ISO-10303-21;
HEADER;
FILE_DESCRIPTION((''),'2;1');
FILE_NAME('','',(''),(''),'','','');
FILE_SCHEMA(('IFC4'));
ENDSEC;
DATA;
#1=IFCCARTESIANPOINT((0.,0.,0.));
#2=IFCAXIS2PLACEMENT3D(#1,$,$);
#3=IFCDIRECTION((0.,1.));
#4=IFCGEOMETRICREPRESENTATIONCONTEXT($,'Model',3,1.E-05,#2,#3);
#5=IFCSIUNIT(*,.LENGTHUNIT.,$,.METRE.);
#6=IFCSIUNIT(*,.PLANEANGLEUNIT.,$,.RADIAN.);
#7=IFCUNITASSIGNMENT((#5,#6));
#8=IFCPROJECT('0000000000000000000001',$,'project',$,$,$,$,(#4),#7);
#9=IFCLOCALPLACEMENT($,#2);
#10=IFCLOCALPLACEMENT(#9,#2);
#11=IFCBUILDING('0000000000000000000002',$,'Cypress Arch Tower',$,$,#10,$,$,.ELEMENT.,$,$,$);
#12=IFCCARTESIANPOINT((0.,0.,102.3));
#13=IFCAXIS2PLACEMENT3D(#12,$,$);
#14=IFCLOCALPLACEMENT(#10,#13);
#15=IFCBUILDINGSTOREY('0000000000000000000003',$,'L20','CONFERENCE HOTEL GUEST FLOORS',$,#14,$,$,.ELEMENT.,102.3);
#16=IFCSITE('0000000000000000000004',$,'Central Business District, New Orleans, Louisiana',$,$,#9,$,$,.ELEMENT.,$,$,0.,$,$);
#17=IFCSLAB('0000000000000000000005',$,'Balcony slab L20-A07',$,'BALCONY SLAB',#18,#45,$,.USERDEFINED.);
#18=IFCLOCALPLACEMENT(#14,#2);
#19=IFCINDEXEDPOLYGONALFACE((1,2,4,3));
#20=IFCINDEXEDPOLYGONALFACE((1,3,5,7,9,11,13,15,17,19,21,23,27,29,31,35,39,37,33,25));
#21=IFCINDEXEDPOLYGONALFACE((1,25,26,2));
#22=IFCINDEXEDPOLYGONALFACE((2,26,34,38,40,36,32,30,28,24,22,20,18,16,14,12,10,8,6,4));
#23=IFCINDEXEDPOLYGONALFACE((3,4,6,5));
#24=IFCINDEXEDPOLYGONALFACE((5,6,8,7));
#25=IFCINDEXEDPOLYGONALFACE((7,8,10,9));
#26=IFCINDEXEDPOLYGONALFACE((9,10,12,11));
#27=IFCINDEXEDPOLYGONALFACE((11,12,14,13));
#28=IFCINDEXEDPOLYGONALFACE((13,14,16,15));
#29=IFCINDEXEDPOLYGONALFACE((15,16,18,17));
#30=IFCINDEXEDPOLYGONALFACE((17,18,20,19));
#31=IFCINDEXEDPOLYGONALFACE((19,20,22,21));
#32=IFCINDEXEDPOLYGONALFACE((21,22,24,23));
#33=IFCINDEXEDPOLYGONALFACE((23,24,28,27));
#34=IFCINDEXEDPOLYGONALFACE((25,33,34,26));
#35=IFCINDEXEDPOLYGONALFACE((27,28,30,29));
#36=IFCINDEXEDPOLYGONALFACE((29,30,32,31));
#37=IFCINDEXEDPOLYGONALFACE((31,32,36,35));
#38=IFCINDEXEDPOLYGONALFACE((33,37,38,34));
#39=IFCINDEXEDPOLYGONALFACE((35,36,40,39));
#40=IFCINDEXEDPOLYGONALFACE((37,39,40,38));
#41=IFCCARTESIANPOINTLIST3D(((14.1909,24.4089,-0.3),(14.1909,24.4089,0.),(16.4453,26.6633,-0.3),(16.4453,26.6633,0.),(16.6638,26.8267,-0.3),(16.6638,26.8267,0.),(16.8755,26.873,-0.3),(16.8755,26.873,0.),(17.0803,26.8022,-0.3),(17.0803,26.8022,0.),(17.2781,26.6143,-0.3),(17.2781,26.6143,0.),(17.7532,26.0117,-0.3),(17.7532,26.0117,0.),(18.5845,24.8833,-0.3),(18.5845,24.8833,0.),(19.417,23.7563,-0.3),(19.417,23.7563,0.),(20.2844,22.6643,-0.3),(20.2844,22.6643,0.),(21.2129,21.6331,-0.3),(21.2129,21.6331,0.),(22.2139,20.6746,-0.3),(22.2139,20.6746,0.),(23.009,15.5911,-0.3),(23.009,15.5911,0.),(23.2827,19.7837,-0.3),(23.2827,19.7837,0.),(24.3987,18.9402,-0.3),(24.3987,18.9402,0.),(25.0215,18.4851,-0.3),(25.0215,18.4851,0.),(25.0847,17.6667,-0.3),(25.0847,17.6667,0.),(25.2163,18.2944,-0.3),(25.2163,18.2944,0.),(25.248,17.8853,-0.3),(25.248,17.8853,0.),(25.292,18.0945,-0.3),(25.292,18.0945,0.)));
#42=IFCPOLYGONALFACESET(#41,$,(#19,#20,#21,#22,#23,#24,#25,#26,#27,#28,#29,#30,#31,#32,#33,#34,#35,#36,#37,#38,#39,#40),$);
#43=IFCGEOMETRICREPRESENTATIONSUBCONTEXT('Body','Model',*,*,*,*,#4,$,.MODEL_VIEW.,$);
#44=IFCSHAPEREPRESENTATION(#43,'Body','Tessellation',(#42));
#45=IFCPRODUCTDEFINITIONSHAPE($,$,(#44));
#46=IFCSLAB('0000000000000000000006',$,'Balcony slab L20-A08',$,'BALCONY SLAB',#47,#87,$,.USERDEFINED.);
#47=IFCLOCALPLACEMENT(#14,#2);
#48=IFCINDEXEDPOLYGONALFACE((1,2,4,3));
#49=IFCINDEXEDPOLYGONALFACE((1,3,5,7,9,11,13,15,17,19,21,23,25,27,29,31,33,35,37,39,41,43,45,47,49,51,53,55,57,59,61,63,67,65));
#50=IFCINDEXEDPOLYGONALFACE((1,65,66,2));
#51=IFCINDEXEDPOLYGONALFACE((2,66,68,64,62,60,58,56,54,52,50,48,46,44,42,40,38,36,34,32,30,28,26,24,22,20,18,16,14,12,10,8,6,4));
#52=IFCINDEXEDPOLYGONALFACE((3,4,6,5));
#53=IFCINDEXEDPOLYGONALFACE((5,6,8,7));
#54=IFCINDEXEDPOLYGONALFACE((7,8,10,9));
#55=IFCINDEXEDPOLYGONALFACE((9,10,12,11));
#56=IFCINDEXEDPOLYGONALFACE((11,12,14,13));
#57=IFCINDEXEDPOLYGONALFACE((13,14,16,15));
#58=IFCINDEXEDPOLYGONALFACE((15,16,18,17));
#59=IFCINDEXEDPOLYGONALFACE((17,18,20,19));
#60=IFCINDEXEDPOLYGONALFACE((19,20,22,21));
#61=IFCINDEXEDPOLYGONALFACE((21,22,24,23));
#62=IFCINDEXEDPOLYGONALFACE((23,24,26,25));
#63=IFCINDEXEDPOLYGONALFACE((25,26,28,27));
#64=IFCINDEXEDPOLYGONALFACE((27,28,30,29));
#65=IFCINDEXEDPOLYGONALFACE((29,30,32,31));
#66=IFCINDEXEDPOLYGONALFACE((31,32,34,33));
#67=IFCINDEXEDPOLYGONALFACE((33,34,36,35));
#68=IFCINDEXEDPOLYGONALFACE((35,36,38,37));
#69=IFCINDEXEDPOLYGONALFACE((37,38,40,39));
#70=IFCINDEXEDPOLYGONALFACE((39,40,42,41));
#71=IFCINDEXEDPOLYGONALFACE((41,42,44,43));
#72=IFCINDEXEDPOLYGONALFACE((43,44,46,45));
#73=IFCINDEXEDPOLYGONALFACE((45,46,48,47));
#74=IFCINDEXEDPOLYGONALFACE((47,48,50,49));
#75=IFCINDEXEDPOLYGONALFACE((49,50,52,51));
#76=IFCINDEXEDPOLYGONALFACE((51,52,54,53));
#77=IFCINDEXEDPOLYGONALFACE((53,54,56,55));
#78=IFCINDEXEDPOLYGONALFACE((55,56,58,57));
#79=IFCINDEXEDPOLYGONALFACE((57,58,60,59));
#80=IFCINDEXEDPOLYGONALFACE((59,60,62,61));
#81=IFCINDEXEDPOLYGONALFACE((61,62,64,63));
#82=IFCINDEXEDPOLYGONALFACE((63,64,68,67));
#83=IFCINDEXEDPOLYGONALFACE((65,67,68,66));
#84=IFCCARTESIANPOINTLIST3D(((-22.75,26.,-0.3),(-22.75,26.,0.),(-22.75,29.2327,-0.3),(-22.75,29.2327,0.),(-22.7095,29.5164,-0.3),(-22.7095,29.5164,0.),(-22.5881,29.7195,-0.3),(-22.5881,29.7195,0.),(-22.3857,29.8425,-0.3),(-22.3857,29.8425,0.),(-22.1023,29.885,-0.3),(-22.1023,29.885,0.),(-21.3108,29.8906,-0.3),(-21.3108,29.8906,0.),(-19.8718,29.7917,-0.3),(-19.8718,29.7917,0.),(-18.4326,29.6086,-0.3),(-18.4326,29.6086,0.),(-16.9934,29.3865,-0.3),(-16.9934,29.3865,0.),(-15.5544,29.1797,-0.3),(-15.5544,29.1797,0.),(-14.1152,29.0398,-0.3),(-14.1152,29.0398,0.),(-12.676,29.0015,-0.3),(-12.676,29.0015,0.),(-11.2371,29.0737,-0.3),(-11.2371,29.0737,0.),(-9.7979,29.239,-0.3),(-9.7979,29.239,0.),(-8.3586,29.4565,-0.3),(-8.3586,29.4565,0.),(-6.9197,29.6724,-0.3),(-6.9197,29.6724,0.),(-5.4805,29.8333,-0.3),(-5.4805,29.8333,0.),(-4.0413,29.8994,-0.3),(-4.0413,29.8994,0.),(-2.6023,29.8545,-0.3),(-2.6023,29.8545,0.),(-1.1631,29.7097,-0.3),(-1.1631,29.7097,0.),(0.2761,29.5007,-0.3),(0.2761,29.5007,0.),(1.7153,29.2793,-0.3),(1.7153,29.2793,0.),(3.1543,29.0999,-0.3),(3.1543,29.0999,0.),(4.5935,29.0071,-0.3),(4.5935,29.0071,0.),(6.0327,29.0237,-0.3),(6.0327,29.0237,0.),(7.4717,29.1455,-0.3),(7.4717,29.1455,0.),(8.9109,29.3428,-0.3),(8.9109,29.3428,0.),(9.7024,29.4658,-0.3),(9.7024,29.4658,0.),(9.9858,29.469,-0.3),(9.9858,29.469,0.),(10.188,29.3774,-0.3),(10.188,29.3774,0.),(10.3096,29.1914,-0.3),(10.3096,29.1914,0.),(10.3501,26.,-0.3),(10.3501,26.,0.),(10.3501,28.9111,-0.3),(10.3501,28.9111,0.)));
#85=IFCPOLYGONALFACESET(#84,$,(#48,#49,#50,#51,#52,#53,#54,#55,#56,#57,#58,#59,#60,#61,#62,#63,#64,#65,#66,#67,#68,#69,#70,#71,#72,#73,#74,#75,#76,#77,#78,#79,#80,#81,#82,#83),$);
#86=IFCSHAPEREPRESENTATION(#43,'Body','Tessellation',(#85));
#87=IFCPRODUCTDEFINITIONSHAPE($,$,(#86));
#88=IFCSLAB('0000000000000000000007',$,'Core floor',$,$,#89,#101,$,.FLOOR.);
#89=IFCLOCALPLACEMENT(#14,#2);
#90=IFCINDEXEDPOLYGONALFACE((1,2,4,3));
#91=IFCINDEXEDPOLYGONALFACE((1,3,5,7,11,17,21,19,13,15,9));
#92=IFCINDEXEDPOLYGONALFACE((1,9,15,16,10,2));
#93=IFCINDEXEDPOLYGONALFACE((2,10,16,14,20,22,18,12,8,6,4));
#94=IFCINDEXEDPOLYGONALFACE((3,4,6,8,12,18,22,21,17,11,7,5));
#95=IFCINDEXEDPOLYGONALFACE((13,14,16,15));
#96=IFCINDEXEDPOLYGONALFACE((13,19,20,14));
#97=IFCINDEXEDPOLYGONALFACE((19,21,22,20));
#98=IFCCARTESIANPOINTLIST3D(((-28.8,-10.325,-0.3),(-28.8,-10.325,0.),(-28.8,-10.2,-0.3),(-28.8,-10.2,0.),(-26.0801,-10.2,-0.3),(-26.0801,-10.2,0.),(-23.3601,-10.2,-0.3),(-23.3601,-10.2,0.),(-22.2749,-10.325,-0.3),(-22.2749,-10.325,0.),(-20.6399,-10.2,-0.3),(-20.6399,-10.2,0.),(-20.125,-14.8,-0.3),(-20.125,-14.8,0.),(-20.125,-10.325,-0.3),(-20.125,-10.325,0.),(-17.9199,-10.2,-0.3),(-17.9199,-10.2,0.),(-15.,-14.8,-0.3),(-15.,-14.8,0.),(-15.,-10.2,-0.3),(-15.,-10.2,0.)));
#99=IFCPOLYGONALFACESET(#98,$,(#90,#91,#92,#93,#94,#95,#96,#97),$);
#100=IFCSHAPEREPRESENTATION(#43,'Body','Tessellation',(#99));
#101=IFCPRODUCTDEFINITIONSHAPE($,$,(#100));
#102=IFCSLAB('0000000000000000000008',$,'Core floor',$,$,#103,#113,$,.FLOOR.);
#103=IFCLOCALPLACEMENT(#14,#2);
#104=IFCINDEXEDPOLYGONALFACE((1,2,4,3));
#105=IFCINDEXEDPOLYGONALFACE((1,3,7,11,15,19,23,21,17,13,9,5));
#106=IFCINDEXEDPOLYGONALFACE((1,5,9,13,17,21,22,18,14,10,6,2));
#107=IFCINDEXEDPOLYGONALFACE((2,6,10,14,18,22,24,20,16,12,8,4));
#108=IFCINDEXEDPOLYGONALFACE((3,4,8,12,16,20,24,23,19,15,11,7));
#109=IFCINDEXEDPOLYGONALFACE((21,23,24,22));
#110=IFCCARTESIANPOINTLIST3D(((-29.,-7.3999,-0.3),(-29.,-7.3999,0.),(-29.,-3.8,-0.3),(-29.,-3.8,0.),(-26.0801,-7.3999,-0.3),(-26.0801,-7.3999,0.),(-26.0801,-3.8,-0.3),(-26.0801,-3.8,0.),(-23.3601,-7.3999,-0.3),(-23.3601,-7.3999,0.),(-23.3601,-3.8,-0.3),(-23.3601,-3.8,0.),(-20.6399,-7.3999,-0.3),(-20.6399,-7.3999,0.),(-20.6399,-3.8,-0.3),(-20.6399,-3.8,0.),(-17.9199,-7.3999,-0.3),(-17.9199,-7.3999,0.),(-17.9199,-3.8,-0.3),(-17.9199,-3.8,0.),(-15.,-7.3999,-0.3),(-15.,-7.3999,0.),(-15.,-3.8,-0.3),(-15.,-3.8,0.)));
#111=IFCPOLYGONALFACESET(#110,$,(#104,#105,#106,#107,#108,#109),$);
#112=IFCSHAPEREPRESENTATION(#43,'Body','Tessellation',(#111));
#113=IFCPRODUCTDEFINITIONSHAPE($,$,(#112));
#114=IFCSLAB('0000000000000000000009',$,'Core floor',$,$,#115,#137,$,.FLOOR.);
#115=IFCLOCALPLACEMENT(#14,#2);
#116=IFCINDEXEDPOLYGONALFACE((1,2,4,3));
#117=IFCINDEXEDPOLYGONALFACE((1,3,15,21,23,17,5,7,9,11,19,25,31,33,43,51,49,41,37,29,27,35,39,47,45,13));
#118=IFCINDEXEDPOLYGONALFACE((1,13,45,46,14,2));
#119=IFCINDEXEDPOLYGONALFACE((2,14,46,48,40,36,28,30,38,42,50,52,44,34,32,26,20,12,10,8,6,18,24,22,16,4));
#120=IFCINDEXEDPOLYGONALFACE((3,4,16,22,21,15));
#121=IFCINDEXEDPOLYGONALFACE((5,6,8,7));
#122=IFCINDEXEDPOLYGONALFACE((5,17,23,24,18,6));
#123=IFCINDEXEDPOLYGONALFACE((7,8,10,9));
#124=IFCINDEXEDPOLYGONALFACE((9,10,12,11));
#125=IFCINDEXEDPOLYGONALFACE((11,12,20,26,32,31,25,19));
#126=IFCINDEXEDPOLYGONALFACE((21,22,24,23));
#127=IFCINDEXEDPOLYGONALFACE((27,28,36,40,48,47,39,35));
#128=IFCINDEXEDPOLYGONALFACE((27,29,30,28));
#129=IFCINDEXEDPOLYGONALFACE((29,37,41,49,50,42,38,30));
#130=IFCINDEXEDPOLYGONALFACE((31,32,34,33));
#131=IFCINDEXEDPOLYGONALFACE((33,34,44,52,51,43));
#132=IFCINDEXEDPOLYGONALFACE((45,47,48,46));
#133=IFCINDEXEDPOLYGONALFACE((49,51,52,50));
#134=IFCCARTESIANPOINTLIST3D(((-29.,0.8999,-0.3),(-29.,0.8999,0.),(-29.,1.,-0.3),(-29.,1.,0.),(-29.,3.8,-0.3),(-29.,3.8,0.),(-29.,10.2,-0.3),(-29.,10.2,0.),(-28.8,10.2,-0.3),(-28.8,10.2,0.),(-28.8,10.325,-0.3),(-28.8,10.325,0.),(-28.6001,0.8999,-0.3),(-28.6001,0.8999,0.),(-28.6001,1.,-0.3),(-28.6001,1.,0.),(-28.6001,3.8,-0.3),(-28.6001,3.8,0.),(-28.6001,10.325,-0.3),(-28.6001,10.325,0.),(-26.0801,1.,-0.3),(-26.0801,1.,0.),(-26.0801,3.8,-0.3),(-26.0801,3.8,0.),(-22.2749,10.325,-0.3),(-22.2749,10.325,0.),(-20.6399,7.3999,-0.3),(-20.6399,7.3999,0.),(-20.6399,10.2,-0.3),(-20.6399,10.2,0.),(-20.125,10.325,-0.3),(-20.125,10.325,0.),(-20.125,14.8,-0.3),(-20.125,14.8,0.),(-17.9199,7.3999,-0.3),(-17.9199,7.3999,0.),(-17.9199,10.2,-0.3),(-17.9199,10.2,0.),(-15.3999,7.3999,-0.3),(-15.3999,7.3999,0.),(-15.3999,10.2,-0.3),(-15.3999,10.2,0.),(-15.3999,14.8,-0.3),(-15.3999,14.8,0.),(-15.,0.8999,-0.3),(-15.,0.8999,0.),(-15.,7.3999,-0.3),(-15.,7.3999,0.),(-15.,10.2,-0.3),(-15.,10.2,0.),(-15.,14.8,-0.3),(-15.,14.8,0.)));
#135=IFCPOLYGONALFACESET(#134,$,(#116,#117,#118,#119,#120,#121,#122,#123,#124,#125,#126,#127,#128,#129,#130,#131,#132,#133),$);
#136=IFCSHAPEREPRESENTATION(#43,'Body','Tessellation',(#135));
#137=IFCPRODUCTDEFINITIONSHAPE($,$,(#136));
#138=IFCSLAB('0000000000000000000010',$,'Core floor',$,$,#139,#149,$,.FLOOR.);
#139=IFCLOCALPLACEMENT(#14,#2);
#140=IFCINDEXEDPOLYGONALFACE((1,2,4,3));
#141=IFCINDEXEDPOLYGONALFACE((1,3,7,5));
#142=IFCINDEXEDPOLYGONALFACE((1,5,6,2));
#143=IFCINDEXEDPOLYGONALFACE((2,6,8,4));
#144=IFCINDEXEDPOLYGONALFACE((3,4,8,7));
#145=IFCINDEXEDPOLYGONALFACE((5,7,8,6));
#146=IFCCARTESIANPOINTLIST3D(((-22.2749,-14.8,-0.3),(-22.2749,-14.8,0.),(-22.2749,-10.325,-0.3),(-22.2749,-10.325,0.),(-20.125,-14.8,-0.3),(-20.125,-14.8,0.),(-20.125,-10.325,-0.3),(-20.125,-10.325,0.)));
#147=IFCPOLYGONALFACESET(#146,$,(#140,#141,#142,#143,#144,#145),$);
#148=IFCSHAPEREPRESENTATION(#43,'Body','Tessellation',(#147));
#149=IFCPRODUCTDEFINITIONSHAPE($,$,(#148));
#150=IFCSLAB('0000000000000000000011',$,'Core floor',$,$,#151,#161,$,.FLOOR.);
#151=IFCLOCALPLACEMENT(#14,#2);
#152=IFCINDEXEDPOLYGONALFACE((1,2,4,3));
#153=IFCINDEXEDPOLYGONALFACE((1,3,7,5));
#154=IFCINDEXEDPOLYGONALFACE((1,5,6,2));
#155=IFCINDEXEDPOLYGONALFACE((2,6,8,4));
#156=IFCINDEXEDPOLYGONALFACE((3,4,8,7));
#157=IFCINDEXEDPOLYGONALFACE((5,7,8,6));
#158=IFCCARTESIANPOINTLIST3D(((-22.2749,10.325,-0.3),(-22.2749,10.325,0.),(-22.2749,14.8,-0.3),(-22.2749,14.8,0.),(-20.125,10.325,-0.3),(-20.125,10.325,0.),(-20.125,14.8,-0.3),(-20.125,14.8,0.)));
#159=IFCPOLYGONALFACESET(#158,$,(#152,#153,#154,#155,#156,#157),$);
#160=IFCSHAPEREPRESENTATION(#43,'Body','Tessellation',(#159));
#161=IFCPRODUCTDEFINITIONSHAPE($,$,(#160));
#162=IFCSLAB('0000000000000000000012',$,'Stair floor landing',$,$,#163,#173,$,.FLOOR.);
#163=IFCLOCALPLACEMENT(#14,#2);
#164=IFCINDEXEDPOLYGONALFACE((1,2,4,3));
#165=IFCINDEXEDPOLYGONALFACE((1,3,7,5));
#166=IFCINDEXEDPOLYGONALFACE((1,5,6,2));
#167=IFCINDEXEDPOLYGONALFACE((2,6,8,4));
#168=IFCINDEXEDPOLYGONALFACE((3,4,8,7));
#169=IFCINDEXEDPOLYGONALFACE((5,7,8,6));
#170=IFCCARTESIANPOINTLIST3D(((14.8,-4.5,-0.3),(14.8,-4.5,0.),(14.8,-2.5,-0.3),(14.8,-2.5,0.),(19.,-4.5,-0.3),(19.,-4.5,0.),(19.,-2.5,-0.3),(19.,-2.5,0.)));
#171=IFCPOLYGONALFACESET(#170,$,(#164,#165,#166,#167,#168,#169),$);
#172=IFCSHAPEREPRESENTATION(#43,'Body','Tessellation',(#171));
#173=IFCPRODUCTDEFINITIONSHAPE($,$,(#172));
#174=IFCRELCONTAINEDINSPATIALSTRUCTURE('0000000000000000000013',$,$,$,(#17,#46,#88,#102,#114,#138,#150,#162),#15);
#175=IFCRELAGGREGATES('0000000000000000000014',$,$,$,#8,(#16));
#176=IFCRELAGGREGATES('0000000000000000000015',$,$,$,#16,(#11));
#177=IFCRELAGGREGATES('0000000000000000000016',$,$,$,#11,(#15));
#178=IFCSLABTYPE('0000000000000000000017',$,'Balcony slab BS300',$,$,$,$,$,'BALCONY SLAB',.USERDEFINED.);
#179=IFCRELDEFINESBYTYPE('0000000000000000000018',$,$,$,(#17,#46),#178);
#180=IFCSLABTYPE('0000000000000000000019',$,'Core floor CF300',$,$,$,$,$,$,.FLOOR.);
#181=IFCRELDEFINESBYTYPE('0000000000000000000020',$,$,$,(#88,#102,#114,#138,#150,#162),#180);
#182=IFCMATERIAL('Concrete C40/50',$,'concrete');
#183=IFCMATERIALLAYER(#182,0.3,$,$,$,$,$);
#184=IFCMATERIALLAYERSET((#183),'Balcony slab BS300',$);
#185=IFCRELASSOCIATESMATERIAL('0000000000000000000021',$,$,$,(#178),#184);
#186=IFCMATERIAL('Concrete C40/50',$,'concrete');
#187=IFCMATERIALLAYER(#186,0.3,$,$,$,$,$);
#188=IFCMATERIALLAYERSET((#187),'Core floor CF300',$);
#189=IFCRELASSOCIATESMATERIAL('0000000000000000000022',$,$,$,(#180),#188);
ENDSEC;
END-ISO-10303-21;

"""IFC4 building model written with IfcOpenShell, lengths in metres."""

from ifc_helpers import new_model, si_unit, direction, frame, origin, place, context, subcontext, project, spatial, polyline, outline, extrude, material, layer, layer_set, type_object, element, save


model = new_model("IFC4")

# Units and contexts
model_context = context("Model", 3, precision=1e-05, world=origin(), true_north=direction((0.0, 1.0)))
body_context = subcontext(model_context, "Body", "Model", "MODEL_VIEW")
ifc_project = project(units=[si_unit("LENGTHUNIT", "METRE"), si_unit("PLANEANGLEUNIT", "RADIAN")], contexts=[model_context])

# Site, building, storey
site_placement = place(None, origin())
site = spatial("IfcSite", under=ifc_project, at=site_placement, Name="Central Business District, New Orleans, Louisiana", CompositionType="ELEMENT", RefElevation=0.0)
building_placement = place(site_placement, origin())
building = spatial("IfcBuilding", under=site, at=building_placement, Name="Cypress Arch Tower", CompositionType="ELEMENT")
storey_placement = place(building_placement, frame((0.0, 0.0, 102.3)))
storey = spatial("IfcBuildingStorey", under=building, at=storey_placement, Name="L20", Description="CONFERENCE HOTEL GUEST FLOORS", CompositionType="ELEMENT", Elevation=102.3)

# Slabs
ifc_material_1 = material(Name="Concrete C40/50", Category="concrete")
ifc_layer_1 = layer(ifc_material_1, 0.3)
ifc_layer_set_1 = layer_set([ifc_layer_1], Name="Balcony slab BS300")
slab_type_1 = type_object("IfcSlabType", Name="Balcony slab BS300", ElementType="BALCONY SLAB", PredefinedType="USERDEFINED", material=ifc_layer_set_1)
slab_1_placement = place(storey_placement, frame((0.0, 0.0, -0.3)))
element("IfcSlab", 1, at=slab_1_placement, inside=storey, type_object=slab_type_1, Name="Balcony slab L20-A07", ObjectType="BALCONY SLAB", PredefinedType="USERDEFINED", context=body_context, shape_type="SweptSolid", body=[
    extrude(outline(polyline([(23.009, 15.5911), (25.0847, 17.6667), (25.248, 17.8853), (25.292, 18.0945), (25.2163, 18.2944), (25.0215, 18.4851), (24.3987, 18.9402), (23.2827, 19.7837), (22.2139, 20.6746), (21.2129, 21.6331), (20.2844, 22.6643), (19.417, 23.7563), (18.5845, 24.8833), (17.7532, 26.0117), (17.2781, 26.6143), (17.0803, 26.8022), (16.8755, 26.873), (16.6638, 26.8267), (16.4453, 26.6633), (14.1909, 24.4089), (23.009, 15.5911)])), origin(), (0.0, 0.0, 1.0), 0.3),
])
slab_2_placement = place(storey_placement, frame((0.0, 0.0, -0.3)))
element("IfcSlab", 2, at=slab_2_placement, inside=storey, type_object=slab_type_1, Name="Balcony slab L20-A08", ObjectType="BALCONY SLAB", PredefinedType="USERDEFINED", context=body_context, shape_type="SweptSolid", body=[
    extrude(outline(polyline([(10.3501, 26.0), (10.3501, 28.9111), (10.3096, 29.1914), (10.188, 29.3774), (9.9858, 29.469), (9.7024, 29.4658), (8.9109, 29.3428), (7.4717, 29.1455), (6.0327, 29.0237), (4.5935, 29.0071), (3.1543, 29.0999), (1.7153, 29.2793), (0.2761, 29.5007), (-1.1631, 29.7097), (-2.6023, 29.8545), (-4.0413, 29.8994), (-5.4805, 29.8333), (-6.9197, 29.6724), (-8.3586, 29.4565), (-9.7979, 29.239), (-11.2371, 29.0737), (-12.676, 29.0015), (-14.1152, 29.0398), (-15.5544, 29.1797), (-16.9934, 29.3865), (-18.4326, 29.6086), (-19.8718, 29.7917), (-21.3108, 29.8906), (-22.1023, 29.885), (-22.3857, 29.8425), (-22.5881, 29.7195), (-22.7095, 29.5164), (-22.75, 29.2327), (-22.75, 26.0), (10.3501, 26.0)])), origin(), (0.0, 0.0, 1.0), 0.3),
])
ifc_material_2 = material(Name="Concrete C40/50", Category="concrete")
ifc_layer_2 = layer(ifc_material_2, 0.3)
ifc_layer_set_2 = layer_set([ifc_layer_2], Name="Core floor CF300")
slab_type_2 = type_object("IfcSlabType", Name="Core floor CF300", PredefinedType="FLOOR", material=ifc_layer_set_2)
slab_3_placement = place(storey_placement, frame((0.0, 0.0, -0.3)))
element("IfcSlab", 3, at=slab_3_placement, inside=storey, type_object=slab_type_2, Name="Core floor", PredefinedType="FLOOR", context=body_context, shape_type="SweptSolid", body=[
    extrude(outline(polyline([(-20.125, -14.8), (-15.0, -14.8), (-15.0, -10.2), (-17.9199, -10.2), (-20.6399, -10.2), (-23.3601, -10.2), (-26.0801, -10.2), (-28.8, -10.2), (-28.8, -10.325), (-22.2749, -10.325), (-20.125, -10.325), (-20.125, -14.8)])), origin(), (0.0, 0.0, 1.0), 0.3),
])
slab_4_placement = place(storey_placement, frame((0.0, 0.0, -0.3)))
element("IfcSlab", 4, at=slab_4_placement, inside=storey, type_object=slab_type_2, Name="Core floor", PredefinedType="FLOOR", context=body_context, shape_type="SweptSolid", body=[
    extrude(outline(polyline([(-29.0, -3.8), (-29.0, -7.3999), (-26.0801, -7.3999), (-23.3601, -7.3999), (-20.6399, -7.3999), (-17.9199, -7.3999), (-15.0, -7.3999), (-15.0, -3.8), (-17.9199, -3.8), (-20.6399, -3.8), (-23.3601, -3.8), (-26.0801, -3.8), (-29.0, -3.8)])), origin(), (0.0, 0.0, 1.0), 0.3),
])
slab_5_placement = place(storey_placement, frame((0.0, 0.0, -0.3)))
element("IfcSlab", 5, at=slab_5_placement, inside=storey, type_object=slab_type_2, Name="Core floor", PredefinedType="FLOOR", context=body_context, shape_type="SweptSolid", body=[
    extrude(outline(polyline([(-29.0, 3.8), (-29.0, 10.2), (-28.8, 10.2), (-28.8, 10.325), (-28.6001, 10.325), (-22.2749, 10.325), (-20.125, 10.325), (-20.125, 14.8), (-15.3999, 14.8), (-15.0, 14.8), (-15.0, 10.2), (-15.3999, 10.2), (-17.9199, 10.2), (-20.6399, 10.2), (-20.6399, 7.3999), (-17.9199, 7.3999), (-15.3999, 7.3999), (-15.0, 7.3999), (-15.0, 0.8999), (-28.6001, 0.8999), (-29.0, 0.8999), (-29.0, 1.0), (-28.6001, 1.0), (-26.0801, 1.0), (-26.0801, 3.8), (-28.6001, 3.8), (-29.0, 3.8)])), origin(), (0.0, 0.0, 1.0), 0.3),
])
slab_6_placement = place(storey_placement, frame((0.0, 0.0, -0.3)))
element("IfcSlab", 6, at=slab_6_placement, inside=storey, type_object=slab_type_2, Name="Core floor", PredefinedType="FLOOR", context=body_context, shape_type="SweptSolid", body=[
    extrude(outline(polyline([(-22.2749, -10.325), (-22.2749, -14.8), (-20.125, -14.8), (-20.125, -10.325), (-22.2749, -10.325)])), origin(), (0.0, 0.0, 1.0), 0.3),
])
slab_7_placement = place(storey_placement, frame((0.0, 0.0, -0.3)))
element("IfcSlab", 7, at=slab_7_placement, inside=storey, type_object=slab_type_2, Name="Core floor", PredefinedType="FLOOR", context=body_context, shape_type="SweptSolid", body=[
    extrude(outline(polyline([(-20.125, 14.8), (-22.2749, 14.8), (-22.2749, 10.325), (-20.125, 10.325), (-20.125, 14.8)])), origin(), (0.0, 0.0, 1.0), 0.3),
])
slab_8_placement = place(storey_placement, frame((0.0, 0.0, -0.3)))
element("IfcSlab", 8, at=slab_8_placement, inside=storey, type_object=slab_type_2, Name="Stair floor landing", PredefinedType="FLOOR", context=body_context, shape_type="SweptSolid", body=[
    extrude(outline(polyline([(19.0, -4.5), (19.0, -2.5), (14.8, -2.5), (14.8, -4.5), (19.0, -4.5)])), origin(), (0.0, 0.0, 1.0), 0.3),
])

save(model, "model.ifc")
